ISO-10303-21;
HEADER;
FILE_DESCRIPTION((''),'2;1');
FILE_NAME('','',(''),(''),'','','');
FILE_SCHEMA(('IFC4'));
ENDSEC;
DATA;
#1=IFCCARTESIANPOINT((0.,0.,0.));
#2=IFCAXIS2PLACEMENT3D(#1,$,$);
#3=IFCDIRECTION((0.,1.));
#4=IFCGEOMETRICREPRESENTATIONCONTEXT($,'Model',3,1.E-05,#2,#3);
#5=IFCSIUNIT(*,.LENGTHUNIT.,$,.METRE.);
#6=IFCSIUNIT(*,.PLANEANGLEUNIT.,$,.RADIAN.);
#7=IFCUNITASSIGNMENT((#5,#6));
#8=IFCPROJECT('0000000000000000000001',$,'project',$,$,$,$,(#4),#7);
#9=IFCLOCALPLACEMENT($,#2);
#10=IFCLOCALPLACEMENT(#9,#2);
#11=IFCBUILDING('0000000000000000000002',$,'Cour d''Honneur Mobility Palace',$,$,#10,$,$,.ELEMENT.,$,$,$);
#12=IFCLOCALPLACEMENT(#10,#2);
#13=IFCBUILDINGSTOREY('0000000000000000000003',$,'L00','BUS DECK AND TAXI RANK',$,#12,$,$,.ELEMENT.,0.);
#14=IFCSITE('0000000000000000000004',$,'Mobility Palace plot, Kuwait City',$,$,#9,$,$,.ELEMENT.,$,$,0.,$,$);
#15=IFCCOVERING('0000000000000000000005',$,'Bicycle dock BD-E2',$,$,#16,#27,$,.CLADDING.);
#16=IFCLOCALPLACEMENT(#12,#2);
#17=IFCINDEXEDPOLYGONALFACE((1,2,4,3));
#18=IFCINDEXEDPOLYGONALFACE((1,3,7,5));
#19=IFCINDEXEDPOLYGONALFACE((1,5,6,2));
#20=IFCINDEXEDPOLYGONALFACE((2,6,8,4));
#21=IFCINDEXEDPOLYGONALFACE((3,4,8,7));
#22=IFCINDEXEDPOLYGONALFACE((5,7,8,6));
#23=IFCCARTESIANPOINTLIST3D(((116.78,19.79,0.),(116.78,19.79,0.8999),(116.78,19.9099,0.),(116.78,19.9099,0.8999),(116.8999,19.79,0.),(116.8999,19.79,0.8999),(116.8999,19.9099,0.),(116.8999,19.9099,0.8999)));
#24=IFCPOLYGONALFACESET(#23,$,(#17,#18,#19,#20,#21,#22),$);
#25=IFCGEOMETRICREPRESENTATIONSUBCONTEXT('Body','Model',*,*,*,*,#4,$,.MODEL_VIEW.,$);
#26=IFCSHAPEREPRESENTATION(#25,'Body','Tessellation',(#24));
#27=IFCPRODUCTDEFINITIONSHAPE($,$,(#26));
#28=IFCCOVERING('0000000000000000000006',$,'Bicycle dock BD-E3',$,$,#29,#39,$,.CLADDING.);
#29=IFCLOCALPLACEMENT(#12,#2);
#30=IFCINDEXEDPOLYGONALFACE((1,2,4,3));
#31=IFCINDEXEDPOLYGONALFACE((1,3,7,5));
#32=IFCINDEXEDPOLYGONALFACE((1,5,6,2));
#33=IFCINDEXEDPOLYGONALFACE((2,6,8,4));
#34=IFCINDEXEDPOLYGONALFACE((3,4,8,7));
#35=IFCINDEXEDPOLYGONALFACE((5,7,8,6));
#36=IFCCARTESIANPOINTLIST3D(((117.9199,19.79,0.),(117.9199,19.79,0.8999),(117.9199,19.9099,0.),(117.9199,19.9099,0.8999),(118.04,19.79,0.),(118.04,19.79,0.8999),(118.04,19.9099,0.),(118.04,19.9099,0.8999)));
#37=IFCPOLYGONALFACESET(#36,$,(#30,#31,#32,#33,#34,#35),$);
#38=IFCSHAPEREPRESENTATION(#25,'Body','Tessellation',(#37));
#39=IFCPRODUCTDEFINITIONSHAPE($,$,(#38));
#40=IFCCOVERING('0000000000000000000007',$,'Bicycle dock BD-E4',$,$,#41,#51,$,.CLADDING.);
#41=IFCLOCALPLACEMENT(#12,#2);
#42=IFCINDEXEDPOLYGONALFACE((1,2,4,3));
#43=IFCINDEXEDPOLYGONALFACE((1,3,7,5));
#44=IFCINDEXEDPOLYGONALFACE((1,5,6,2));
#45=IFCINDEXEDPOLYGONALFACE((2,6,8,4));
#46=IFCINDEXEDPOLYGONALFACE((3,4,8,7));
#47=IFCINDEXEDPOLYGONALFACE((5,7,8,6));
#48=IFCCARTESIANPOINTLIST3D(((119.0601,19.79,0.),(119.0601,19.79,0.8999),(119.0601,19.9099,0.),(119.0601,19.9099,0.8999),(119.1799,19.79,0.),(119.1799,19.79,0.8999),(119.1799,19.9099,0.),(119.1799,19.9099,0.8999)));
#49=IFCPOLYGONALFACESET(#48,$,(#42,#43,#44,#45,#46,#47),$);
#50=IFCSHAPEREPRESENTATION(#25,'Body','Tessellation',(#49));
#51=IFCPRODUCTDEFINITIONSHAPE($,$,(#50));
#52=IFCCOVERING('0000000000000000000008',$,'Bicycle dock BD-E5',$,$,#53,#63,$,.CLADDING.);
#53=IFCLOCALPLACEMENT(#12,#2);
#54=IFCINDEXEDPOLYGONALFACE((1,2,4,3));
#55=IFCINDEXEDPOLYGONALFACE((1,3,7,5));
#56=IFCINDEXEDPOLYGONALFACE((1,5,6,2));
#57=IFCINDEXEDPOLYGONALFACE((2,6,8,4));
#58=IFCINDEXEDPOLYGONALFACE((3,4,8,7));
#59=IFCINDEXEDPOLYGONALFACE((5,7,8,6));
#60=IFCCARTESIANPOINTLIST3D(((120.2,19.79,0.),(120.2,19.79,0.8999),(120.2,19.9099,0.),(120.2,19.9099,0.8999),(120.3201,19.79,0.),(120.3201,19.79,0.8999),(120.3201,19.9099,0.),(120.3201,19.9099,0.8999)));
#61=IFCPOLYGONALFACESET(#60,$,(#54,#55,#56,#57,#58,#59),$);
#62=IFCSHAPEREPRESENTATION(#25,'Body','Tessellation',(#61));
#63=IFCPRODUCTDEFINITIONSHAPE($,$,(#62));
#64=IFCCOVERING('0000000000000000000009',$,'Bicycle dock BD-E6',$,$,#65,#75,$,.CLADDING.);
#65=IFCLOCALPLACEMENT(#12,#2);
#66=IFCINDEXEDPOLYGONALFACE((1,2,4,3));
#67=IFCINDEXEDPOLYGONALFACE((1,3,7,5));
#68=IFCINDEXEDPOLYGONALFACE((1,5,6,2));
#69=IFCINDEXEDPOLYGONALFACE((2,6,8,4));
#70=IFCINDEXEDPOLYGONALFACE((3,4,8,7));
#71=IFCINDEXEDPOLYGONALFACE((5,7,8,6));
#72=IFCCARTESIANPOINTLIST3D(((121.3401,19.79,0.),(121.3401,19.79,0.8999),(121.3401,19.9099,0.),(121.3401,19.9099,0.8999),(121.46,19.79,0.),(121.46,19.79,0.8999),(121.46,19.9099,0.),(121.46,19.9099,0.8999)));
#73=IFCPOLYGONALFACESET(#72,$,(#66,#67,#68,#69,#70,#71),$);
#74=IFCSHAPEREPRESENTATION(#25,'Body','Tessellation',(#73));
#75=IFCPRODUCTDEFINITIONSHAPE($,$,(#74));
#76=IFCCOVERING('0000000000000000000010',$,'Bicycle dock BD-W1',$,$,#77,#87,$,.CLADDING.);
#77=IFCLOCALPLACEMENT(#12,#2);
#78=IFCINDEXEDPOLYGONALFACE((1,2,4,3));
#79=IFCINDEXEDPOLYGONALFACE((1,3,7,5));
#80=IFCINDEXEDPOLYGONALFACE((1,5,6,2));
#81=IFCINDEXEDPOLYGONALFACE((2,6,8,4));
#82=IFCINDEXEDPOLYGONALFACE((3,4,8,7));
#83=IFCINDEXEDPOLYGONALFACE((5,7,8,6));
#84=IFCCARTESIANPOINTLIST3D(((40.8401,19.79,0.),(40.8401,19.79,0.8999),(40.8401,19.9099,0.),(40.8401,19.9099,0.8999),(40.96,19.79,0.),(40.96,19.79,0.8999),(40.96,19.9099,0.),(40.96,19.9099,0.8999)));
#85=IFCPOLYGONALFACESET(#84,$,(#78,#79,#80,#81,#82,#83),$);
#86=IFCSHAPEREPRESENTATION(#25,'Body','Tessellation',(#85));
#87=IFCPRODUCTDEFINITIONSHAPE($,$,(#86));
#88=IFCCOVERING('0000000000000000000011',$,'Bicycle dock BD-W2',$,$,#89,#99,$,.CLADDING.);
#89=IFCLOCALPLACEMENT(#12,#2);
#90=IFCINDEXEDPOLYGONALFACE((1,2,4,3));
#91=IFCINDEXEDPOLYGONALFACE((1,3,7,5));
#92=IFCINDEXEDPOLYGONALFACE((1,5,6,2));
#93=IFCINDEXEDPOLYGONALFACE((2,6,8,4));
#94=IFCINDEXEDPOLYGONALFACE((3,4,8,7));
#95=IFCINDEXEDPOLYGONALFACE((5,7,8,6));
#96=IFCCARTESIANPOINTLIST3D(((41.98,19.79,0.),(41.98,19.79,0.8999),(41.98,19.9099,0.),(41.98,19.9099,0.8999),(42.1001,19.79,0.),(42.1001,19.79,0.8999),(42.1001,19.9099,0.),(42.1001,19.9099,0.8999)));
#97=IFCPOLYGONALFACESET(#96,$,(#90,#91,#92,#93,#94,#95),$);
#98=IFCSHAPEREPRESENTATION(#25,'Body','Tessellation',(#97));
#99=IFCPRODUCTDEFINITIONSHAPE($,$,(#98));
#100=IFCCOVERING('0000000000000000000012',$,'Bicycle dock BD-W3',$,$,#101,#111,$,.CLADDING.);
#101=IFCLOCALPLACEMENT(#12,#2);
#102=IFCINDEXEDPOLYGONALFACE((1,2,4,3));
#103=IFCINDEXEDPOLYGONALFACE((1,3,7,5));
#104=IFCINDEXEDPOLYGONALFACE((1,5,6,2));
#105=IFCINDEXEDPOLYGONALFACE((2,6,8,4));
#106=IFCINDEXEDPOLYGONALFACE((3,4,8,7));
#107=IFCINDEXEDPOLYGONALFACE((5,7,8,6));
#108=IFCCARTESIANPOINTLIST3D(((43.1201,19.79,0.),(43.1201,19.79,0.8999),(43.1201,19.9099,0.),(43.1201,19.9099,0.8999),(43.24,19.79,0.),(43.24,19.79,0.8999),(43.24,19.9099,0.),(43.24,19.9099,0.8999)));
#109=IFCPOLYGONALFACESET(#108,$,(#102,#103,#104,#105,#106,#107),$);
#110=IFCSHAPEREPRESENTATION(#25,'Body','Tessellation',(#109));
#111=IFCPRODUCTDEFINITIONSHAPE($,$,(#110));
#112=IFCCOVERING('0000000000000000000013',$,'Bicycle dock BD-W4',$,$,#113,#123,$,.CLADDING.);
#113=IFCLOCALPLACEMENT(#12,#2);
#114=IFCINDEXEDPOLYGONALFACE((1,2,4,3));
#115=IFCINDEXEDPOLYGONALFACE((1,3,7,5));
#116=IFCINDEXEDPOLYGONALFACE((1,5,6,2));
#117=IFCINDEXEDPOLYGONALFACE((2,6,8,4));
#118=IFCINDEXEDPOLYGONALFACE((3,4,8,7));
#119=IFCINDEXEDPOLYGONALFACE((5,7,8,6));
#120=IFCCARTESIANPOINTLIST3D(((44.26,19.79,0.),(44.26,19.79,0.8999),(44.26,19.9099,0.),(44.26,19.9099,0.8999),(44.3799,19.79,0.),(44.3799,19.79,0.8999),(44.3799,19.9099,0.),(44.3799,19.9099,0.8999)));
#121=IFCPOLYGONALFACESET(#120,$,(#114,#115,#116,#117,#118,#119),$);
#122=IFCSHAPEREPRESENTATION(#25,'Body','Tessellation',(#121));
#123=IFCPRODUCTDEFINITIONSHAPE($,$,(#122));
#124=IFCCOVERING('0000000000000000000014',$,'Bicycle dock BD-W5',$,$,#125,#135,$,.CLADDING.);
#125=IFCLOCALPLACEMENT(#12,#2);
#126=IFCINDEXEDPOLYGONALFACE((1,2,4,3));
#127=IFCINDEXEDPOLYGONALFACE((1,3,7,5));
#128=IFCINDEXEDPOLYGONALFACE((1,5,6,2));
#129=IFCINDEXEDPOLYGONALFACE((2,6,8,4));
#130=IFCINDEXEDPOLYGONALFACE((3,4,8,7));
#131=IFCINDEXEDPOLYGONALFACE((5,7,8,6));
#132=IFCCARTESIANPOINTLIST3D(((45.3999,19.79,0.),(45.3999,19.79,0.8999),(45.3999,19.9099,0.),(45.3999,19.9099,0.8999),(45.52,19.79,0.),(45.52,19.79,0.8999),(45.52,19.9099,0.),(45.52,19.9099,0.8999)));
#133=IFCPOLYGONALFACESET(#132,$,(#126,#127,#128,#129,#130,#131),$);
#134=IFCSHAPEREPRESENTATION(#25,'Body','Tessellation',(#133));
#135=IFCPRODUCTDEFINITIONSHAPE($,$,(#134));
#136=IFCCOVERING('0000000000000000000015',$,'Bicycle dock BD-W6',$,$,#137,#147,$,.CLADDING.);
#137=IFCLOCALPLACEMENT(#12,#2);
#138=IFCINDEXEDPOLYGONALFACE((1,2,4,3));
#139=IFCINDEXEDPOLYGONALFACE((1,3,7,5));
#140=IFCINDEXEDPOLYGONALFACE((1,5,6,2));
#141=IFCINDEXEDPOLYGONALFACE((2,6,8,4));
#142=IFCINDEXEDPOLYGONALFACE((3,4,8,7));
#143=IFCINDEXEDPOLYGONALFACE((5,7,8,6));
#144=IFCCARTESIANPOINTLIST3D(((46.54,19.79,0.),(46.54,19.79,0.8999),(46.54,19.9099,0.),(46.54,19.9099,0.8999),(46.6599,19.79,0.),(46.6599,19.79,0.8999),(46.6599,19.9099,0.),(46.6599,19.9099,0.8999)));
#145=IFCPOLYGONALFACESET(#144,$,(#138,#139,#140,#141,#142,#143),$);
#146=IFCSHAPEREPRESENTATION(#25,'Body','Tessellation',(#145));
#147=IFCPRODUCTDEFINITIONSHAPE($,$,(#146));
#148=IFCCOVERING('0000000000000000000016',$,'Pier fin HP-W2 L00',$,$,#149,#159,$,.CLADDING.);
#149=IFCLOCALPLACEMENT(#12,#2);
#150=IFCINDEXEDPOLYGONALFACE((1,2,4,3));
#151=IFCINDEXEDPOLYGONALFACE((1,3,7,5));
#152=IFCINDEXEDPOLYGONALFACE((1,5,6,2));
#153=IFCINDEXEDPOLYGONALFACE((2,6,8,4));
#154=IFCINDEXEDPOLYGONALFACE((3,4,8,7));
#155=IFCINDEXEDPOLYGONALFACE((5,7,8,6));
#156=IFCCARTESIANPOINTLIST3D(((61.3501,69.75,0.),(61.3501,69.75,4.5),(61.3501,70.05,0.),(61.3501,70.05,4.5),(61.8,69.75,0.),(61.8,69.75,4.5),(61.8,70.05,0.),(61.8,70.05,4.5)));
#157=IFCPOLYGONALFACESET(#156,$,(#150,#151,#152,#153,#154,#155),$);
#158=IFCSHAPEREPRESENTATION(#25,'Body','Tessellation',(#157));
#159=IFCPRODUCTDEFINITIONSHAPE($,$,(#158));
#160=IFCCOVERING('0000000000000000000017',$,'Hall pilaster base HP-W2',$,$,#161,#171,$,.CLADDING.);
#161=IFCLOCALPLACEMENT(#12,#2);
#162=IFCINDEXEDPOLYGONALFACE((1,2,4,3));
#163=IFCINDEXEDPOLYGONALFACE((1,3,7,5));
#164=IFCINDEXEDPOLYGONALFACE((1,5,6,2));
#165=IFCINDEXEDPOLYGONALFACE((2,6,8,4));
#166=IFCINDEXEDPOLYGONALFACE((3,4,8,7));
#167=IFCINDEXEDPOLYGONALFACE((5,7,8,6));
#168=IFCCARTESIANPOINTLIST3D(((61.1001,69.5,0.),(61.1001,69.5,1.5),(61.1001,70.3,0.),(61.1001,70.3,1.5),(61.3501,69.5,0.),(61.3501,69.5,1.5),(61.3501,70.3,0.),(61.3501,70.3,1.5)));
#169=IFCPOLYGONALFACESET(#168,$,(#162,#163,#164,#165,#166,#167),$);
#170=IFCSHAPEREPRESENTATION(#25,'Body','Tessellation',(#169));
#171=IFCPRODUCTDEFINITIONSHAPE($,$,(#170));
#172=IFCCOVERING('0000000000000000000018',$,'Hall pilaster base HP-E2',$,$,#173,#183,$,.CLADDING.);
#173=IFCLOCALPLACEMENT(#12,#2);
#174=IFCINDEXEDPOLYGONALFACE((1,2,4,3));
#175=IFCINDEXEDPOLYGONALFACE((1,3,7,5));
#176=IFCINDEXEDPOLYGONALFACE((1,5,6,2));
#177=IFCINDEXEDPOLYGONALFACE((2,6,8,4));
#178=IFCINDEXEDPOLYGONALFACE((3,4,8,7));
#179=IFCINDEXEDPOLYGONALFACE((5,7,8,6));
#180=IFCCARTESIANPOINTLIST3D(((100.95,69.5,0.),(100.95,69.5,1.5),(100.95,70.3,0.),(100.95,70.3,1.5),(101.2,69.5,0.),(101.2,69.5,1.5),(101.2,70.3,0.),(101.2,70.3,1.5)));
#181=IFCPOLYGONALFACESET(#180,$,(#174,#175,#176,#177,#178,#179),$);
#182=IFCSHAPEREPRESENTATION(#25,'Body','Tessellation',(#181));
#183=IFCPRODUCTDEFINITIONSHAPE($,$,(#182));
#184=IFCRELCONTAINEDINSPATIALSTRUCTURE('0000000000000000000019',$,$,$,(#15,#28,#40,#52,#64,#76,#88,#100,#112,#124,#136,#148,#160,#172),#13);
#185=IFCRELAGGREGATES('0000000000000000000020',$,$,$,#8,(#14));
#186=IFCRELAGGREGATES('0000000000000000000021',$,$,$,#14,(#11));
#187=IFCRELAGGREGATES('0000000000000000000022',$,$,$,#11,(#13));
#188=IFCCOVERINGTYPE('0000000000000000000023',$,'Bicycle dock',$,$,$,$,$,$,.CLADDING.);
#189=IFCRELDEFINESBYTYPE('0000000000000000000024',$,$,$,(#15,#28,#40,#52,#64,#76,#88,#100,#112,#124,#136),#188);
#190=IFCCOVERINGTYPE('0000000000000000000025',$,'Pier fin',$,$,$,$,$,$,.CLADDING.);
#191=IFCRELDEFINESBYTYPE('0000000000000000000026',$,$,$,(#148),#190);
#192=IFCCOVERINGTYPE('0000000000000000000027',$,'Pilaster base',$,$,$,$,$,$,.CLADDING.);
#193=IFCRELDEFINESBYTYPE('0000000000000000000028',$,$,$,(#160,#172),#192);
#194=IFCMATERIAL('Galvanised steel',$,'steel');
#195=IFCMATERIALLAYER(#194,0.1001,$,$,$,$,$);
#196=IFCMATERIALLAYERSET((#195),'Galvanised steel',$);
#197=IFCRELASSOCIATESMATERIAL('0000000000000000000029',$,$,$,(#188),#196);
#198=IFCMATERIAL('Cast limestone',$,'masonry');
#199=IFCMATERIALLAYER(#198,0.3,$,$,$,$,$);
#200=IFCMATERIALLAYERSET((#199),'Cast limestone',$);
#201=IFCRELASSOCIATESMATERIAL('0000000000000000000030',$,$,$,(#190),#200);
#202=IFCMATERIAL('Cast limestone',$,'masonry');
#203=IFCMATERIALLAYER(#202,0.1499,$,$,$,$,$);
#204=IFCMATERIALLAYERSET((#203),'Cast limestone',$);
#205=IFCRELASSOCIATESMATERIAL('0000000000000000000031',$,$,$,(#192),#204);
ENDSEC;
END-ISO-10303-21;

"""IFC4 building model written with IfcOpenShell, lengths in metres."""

from ifc_helpers import new_model, si_unit, direction, origin, place, context, subcontext, project, spatial, polyline, outline, extrude, material, layer, layer_set, type_object, element, save


model = new_model("IFC4")

# Units and contexts
model_context = context("Model", 3, precision=1e-05, world=origin(), true_north=direction((0.0, 1.0)))
body_context = subcontext(model_context, "Body", "Model", "MODEL_VIEW")
ifc_project = project(units=[si_unit("LENGTHUNIT", "METRE"), si_unit("PLANEANGLEUNIT", "RADIAN")], contexts=[model_context])

# Site, building, storey
site_placement = place(None, origin())
site = spatial("IfcSite", under=ifc_project, at=site_placement, Name="Mobility Palace plot, Kuwait City", CompositionType="ELEMENT", RefElevation=0.0)
building_placement = place(site_placement, origin())
building = spatial("IfcBuilding", under=site, at=building_placement, Name="Cour d'Honneur Mobility Palace", CompositionType="ELEMENT")
storey_placement = place(building_placement, origin())
storey = spatial("IfcBuildingStorey", under=building, at=storey_placement, Name="L00", Description="BUS DECK AND TAXI RANK", CompositionType="ELEMENT", Elevation=0.0)

# Coverings
ifc_material_1 = material(Name="Galvanised steel", Category="steel")
ifc_layer_1 = layer(ifc_material_1, 0.1001)
ifc_layer_set_1 = layer_set([ifc_layer_1], Name="Galvanised steel")
covering_type_1 = type_object("IfcCoveringType", Name="Bicycle dock", PredefinedType="CLADDING", material=ifc_layer_set_1)
covering_1_placement = place(storey_placement, origin())
element("IfcCovering", 1, at=covering_1_placement, inside=storey, type_object=covering_type_1, Name="Bicycle dock BD-E2", PredefinedType="CLADDING", context=body_context, shape_type="SweptSolid", body=[
    extrude(outline(polyline([(116.78, 19.79), (116.8999, 19.79), (116.8999, 19.9099), (116.78, 19.9099), (116.78, 19.79)])), origin(), (0.0, 0.0, 1.0), 0.8999),
])
covering_2_placement = place(storey_placement, origin())
element("IfcCovering", 2, at=covering_2_placement, inside=storey, type_object=covering_type_1, Name="Bicycle dock BD-E3", PredefinedType="CLADDING", context=body_context, shape_type="SweptSolid", body=[
    extrude(outline(polyline([(117.9199, 19.79), (118.04, 19.79), (118.04, 19.9099), (117.9199, 19.9099), (117.9199, 19.79)])), origin(), (0.0, 0.0, 1.0), 0.8999),
])
covering_3_placement = place(storey_placement, origin())
element("IfcCovering", 3, at=covering_3_placement, inside=storey, type_object=covering_type_1, Name="Bicycle dock BD-E4", PredefinedType="CLADDING", context=body_context, shape_type="SweptSolid", body=[
    extrude(outline(polyline([(119.0601, 19.79), (119.1799, 19.79), (119.1799, 19.9099), (119.0601, 19.9099), (119.0601, 19.79)])), origin(), (0.0, 0.0, 1.0), 0.8999),
])
covering_4_placement = place(storey_placement, origin())
element("IfcCovering", 4, at=covering_4_placement, inside=storey, type_object=covering_type_1, Name="Bicycle dock BD-E5", PredefinedType="CLADDING", context=body_context, shape_type="SweptSolid", body=[
    extrude(outline(polyline([(120.2, 19.79), (120.3201, 19.79), (120.3201, 19.9099), (120.2, 19.9099), (120.2, 19.79)])), origin(), (0.0, 0.0, 1.0), 0.8999),
])
covering_5_placement = place(storey_placement, origin())
element("IfcCovering", 5, at=covering_5_placement, inside=storey, type_object=covering_type_1, Name="Bicycle dock BD-E6", PredefinedType="CLADDING", context=body_context, shape_type="SweptSolid", body=[
    extrude(outline(polyline([(121.3401, 19.79), (121.46, 19.79), (121.46, 19.9099), (121.3401, 19.9099), (121.3401, 19.79)])), origin(), (0.0, 0.0, 1.0), 0.8999),
])
covering_6_placement = place(storey_placement, origin())
element("IfcCovering", 6, at=covering_6_placement, inside=storey, type_object=covering_type_1, Name="Bicycle dock BD-W1", PredefinedType="CLADDING", context=body_context, shape_type="SweptSolid", body=[
    extrude(outline(polyline([(40.8401, 19.79), (40.96, 19.79), (40.96, 19.9099), (40.8401, 19.9099), (40.8401, 19.79)])), origin(), (0.0, 0.0, 1.0), 0.8999),
])
covering_7_placement = place(storey_placement, origin())
element("IfcCovering", 7, at=covering_7_placement, inside=storey, type_object=covering_type_1, Name="Bicycle dock BD-W2", PredefinedType="CLADDING", context=body_context, shape_type="SweptSolid", body=[
    extrude(outline(polyline([(41.98, 19.79), (42.1001, 19.79), (42.1001, 19.9099), (41.98, 19.9099), (41.98, 19.79)])), origin(), (0.0, 0.0, 1.0), 0.8999),
])
covering_8_placement = place(storey_placement, origin())
element("IfcCovering", 8, at=covering_8_placement, inside=storey, type_object=covering_type_1, Name="Bicycle dock BD-W3", PredefinedType="CLADDING", context=body_context, shape_type="SweptSolid", body=[
    extrude(outline(polyline([(43.1201, 19.79), (43.24, 19.79), (43.24, 19.9099), (43.1201, 19.9099), (43.1201, 19.79)])), origin(), (0.0, 0.0, 1.0), 0.8999),
])
covering_9_placement = place(storey_placement, origin())
element("IfcCovering", 9, at=covering_9_placement, inside=storey, type_object=covering_type_1, Name="Bicycle dock BD-W4", PredefinedType="CLADDING", context=body_context, shape_type="SweptSolid", body=[
    extrude(outline(polyline([(44.26, 19.79), (44.3799, 19.79), (44.3799, 19.9099), (44.26, 19.9099), (44.26, 19.79)])), origin(), (0.0, 0.0, 1.0), 0.8999),
])
covering_10_placement = place(storey_placement, origin())
element("IfcCovering", 10, at=covering_10_placement, inside=storey, type_object=covering_type_1, Name="Bicycle dock BD-W5", PredefinedType="CLADDING", context=body_context, shape_type="SweptSolid", body=[
    extrude(outline(polyline([(45.3999, 19.79), (45.52, 19.79), (45.52, 19.9099), (45.3999, 19.9099), (45.3999, 19.79)])), origin(), (0.0, 0.0, 1.0), 0.8999),
])
covering_11_placement = place(storey_placement, origin())
element("IfcCovering", 11, at=covering_11_placement, inside=storey, type_object=covering_type_1, Name="Bicycle dock BD-W6", PredefinedType="CLADDING", context=body_context, shape_type="SweptSolid", body=[
    extrude(outline(polyline([(46.54, 19.79), (46.6599, 19.79), (46.6599, 19.9099), (46.54, 19.9099), (46.54, 19.79)])), origin(), (0.0, 0.0, 1.0), 0.8999),
])
ifc_material_2 = material(Name="Cast limestone", Category="masonry")
ifc_layer_2 = layer(ifc_material_2, 0.3)
ifc_layer_set_2 = layer_set([ifc_layer_2], Name="Cast limestone")
covering_type_2 = type_object("IfcCoveringType", Name="Pier fin", PredefinedType="CLADDING", material=ifc_layer_set_2)
covering_12_placement = place(storey_placement, origin())
element("IfcCovering", 12, at=covering_12_placement, inside=storey, type_object=covering_type_2, Name="Pier fin HP-W2 L00", PredefinedType="CLADDING", context=body_context, shape_type="SweptSolid", body=[
    extrude(outline(polyline([(61.3501, 69.75), (61.8, 69.75), (61.8, 70.05), (61.3501, 70.05), (61.3501, 69.75)])), origin(), (0.0, 0.0, 1.0), 4.5),
])
ifc_material_3 = material(Name="Cast limestone", Category="masonry")
ifc_layer_3 = layer(ifc_material_3, 0.1499)
ifc_layer_set_3 = layer_set([ifc_layer_3], Name="Cast limestone")
covering_type_3 = type_object("IfcCoveringType", Name="Pilaster base", PredefinedType="CLADDING", material=ifc_layer_set_3)
covering_13_placement = place(storey_placement, origin())
element("IfcCovering", 13, at=covering_13_placement, inside=storey, type_object=covering_type_3, Name="Hall pilaster base HP-W2", PredefinedType="CLADDING", context=body_context, shape_type="SweptSolid", body=[
    extrude(outline(polyline([(61.1001, 69.5), (61.3501, 69.5), (61.3501, 70.3), (61.1001, 70.3), (61.1001, 69.5)])), origin(), (0.0, 0.0, 1.0), 1.5),
])
covering_14_placement = place(storey_placement, origin())
element("IfcCovering", 14, at=covering_14_placement, inside=storey, type_object=covering_type_3, Name="Hall pilaster base HP-E2", PredefinedType="CLADDING", context=body_context, shape_type="SweptSolid", body=[
    extrude(outline(polyline([(100.95, 69.5), (101.2, 69.5), (101.2, 70.3), (100.95, 70.3), (100.95, 69.5)])), origin(), (0.0, 0.0, 1.0), 1.5),
])

save(model, "model.ifc")
